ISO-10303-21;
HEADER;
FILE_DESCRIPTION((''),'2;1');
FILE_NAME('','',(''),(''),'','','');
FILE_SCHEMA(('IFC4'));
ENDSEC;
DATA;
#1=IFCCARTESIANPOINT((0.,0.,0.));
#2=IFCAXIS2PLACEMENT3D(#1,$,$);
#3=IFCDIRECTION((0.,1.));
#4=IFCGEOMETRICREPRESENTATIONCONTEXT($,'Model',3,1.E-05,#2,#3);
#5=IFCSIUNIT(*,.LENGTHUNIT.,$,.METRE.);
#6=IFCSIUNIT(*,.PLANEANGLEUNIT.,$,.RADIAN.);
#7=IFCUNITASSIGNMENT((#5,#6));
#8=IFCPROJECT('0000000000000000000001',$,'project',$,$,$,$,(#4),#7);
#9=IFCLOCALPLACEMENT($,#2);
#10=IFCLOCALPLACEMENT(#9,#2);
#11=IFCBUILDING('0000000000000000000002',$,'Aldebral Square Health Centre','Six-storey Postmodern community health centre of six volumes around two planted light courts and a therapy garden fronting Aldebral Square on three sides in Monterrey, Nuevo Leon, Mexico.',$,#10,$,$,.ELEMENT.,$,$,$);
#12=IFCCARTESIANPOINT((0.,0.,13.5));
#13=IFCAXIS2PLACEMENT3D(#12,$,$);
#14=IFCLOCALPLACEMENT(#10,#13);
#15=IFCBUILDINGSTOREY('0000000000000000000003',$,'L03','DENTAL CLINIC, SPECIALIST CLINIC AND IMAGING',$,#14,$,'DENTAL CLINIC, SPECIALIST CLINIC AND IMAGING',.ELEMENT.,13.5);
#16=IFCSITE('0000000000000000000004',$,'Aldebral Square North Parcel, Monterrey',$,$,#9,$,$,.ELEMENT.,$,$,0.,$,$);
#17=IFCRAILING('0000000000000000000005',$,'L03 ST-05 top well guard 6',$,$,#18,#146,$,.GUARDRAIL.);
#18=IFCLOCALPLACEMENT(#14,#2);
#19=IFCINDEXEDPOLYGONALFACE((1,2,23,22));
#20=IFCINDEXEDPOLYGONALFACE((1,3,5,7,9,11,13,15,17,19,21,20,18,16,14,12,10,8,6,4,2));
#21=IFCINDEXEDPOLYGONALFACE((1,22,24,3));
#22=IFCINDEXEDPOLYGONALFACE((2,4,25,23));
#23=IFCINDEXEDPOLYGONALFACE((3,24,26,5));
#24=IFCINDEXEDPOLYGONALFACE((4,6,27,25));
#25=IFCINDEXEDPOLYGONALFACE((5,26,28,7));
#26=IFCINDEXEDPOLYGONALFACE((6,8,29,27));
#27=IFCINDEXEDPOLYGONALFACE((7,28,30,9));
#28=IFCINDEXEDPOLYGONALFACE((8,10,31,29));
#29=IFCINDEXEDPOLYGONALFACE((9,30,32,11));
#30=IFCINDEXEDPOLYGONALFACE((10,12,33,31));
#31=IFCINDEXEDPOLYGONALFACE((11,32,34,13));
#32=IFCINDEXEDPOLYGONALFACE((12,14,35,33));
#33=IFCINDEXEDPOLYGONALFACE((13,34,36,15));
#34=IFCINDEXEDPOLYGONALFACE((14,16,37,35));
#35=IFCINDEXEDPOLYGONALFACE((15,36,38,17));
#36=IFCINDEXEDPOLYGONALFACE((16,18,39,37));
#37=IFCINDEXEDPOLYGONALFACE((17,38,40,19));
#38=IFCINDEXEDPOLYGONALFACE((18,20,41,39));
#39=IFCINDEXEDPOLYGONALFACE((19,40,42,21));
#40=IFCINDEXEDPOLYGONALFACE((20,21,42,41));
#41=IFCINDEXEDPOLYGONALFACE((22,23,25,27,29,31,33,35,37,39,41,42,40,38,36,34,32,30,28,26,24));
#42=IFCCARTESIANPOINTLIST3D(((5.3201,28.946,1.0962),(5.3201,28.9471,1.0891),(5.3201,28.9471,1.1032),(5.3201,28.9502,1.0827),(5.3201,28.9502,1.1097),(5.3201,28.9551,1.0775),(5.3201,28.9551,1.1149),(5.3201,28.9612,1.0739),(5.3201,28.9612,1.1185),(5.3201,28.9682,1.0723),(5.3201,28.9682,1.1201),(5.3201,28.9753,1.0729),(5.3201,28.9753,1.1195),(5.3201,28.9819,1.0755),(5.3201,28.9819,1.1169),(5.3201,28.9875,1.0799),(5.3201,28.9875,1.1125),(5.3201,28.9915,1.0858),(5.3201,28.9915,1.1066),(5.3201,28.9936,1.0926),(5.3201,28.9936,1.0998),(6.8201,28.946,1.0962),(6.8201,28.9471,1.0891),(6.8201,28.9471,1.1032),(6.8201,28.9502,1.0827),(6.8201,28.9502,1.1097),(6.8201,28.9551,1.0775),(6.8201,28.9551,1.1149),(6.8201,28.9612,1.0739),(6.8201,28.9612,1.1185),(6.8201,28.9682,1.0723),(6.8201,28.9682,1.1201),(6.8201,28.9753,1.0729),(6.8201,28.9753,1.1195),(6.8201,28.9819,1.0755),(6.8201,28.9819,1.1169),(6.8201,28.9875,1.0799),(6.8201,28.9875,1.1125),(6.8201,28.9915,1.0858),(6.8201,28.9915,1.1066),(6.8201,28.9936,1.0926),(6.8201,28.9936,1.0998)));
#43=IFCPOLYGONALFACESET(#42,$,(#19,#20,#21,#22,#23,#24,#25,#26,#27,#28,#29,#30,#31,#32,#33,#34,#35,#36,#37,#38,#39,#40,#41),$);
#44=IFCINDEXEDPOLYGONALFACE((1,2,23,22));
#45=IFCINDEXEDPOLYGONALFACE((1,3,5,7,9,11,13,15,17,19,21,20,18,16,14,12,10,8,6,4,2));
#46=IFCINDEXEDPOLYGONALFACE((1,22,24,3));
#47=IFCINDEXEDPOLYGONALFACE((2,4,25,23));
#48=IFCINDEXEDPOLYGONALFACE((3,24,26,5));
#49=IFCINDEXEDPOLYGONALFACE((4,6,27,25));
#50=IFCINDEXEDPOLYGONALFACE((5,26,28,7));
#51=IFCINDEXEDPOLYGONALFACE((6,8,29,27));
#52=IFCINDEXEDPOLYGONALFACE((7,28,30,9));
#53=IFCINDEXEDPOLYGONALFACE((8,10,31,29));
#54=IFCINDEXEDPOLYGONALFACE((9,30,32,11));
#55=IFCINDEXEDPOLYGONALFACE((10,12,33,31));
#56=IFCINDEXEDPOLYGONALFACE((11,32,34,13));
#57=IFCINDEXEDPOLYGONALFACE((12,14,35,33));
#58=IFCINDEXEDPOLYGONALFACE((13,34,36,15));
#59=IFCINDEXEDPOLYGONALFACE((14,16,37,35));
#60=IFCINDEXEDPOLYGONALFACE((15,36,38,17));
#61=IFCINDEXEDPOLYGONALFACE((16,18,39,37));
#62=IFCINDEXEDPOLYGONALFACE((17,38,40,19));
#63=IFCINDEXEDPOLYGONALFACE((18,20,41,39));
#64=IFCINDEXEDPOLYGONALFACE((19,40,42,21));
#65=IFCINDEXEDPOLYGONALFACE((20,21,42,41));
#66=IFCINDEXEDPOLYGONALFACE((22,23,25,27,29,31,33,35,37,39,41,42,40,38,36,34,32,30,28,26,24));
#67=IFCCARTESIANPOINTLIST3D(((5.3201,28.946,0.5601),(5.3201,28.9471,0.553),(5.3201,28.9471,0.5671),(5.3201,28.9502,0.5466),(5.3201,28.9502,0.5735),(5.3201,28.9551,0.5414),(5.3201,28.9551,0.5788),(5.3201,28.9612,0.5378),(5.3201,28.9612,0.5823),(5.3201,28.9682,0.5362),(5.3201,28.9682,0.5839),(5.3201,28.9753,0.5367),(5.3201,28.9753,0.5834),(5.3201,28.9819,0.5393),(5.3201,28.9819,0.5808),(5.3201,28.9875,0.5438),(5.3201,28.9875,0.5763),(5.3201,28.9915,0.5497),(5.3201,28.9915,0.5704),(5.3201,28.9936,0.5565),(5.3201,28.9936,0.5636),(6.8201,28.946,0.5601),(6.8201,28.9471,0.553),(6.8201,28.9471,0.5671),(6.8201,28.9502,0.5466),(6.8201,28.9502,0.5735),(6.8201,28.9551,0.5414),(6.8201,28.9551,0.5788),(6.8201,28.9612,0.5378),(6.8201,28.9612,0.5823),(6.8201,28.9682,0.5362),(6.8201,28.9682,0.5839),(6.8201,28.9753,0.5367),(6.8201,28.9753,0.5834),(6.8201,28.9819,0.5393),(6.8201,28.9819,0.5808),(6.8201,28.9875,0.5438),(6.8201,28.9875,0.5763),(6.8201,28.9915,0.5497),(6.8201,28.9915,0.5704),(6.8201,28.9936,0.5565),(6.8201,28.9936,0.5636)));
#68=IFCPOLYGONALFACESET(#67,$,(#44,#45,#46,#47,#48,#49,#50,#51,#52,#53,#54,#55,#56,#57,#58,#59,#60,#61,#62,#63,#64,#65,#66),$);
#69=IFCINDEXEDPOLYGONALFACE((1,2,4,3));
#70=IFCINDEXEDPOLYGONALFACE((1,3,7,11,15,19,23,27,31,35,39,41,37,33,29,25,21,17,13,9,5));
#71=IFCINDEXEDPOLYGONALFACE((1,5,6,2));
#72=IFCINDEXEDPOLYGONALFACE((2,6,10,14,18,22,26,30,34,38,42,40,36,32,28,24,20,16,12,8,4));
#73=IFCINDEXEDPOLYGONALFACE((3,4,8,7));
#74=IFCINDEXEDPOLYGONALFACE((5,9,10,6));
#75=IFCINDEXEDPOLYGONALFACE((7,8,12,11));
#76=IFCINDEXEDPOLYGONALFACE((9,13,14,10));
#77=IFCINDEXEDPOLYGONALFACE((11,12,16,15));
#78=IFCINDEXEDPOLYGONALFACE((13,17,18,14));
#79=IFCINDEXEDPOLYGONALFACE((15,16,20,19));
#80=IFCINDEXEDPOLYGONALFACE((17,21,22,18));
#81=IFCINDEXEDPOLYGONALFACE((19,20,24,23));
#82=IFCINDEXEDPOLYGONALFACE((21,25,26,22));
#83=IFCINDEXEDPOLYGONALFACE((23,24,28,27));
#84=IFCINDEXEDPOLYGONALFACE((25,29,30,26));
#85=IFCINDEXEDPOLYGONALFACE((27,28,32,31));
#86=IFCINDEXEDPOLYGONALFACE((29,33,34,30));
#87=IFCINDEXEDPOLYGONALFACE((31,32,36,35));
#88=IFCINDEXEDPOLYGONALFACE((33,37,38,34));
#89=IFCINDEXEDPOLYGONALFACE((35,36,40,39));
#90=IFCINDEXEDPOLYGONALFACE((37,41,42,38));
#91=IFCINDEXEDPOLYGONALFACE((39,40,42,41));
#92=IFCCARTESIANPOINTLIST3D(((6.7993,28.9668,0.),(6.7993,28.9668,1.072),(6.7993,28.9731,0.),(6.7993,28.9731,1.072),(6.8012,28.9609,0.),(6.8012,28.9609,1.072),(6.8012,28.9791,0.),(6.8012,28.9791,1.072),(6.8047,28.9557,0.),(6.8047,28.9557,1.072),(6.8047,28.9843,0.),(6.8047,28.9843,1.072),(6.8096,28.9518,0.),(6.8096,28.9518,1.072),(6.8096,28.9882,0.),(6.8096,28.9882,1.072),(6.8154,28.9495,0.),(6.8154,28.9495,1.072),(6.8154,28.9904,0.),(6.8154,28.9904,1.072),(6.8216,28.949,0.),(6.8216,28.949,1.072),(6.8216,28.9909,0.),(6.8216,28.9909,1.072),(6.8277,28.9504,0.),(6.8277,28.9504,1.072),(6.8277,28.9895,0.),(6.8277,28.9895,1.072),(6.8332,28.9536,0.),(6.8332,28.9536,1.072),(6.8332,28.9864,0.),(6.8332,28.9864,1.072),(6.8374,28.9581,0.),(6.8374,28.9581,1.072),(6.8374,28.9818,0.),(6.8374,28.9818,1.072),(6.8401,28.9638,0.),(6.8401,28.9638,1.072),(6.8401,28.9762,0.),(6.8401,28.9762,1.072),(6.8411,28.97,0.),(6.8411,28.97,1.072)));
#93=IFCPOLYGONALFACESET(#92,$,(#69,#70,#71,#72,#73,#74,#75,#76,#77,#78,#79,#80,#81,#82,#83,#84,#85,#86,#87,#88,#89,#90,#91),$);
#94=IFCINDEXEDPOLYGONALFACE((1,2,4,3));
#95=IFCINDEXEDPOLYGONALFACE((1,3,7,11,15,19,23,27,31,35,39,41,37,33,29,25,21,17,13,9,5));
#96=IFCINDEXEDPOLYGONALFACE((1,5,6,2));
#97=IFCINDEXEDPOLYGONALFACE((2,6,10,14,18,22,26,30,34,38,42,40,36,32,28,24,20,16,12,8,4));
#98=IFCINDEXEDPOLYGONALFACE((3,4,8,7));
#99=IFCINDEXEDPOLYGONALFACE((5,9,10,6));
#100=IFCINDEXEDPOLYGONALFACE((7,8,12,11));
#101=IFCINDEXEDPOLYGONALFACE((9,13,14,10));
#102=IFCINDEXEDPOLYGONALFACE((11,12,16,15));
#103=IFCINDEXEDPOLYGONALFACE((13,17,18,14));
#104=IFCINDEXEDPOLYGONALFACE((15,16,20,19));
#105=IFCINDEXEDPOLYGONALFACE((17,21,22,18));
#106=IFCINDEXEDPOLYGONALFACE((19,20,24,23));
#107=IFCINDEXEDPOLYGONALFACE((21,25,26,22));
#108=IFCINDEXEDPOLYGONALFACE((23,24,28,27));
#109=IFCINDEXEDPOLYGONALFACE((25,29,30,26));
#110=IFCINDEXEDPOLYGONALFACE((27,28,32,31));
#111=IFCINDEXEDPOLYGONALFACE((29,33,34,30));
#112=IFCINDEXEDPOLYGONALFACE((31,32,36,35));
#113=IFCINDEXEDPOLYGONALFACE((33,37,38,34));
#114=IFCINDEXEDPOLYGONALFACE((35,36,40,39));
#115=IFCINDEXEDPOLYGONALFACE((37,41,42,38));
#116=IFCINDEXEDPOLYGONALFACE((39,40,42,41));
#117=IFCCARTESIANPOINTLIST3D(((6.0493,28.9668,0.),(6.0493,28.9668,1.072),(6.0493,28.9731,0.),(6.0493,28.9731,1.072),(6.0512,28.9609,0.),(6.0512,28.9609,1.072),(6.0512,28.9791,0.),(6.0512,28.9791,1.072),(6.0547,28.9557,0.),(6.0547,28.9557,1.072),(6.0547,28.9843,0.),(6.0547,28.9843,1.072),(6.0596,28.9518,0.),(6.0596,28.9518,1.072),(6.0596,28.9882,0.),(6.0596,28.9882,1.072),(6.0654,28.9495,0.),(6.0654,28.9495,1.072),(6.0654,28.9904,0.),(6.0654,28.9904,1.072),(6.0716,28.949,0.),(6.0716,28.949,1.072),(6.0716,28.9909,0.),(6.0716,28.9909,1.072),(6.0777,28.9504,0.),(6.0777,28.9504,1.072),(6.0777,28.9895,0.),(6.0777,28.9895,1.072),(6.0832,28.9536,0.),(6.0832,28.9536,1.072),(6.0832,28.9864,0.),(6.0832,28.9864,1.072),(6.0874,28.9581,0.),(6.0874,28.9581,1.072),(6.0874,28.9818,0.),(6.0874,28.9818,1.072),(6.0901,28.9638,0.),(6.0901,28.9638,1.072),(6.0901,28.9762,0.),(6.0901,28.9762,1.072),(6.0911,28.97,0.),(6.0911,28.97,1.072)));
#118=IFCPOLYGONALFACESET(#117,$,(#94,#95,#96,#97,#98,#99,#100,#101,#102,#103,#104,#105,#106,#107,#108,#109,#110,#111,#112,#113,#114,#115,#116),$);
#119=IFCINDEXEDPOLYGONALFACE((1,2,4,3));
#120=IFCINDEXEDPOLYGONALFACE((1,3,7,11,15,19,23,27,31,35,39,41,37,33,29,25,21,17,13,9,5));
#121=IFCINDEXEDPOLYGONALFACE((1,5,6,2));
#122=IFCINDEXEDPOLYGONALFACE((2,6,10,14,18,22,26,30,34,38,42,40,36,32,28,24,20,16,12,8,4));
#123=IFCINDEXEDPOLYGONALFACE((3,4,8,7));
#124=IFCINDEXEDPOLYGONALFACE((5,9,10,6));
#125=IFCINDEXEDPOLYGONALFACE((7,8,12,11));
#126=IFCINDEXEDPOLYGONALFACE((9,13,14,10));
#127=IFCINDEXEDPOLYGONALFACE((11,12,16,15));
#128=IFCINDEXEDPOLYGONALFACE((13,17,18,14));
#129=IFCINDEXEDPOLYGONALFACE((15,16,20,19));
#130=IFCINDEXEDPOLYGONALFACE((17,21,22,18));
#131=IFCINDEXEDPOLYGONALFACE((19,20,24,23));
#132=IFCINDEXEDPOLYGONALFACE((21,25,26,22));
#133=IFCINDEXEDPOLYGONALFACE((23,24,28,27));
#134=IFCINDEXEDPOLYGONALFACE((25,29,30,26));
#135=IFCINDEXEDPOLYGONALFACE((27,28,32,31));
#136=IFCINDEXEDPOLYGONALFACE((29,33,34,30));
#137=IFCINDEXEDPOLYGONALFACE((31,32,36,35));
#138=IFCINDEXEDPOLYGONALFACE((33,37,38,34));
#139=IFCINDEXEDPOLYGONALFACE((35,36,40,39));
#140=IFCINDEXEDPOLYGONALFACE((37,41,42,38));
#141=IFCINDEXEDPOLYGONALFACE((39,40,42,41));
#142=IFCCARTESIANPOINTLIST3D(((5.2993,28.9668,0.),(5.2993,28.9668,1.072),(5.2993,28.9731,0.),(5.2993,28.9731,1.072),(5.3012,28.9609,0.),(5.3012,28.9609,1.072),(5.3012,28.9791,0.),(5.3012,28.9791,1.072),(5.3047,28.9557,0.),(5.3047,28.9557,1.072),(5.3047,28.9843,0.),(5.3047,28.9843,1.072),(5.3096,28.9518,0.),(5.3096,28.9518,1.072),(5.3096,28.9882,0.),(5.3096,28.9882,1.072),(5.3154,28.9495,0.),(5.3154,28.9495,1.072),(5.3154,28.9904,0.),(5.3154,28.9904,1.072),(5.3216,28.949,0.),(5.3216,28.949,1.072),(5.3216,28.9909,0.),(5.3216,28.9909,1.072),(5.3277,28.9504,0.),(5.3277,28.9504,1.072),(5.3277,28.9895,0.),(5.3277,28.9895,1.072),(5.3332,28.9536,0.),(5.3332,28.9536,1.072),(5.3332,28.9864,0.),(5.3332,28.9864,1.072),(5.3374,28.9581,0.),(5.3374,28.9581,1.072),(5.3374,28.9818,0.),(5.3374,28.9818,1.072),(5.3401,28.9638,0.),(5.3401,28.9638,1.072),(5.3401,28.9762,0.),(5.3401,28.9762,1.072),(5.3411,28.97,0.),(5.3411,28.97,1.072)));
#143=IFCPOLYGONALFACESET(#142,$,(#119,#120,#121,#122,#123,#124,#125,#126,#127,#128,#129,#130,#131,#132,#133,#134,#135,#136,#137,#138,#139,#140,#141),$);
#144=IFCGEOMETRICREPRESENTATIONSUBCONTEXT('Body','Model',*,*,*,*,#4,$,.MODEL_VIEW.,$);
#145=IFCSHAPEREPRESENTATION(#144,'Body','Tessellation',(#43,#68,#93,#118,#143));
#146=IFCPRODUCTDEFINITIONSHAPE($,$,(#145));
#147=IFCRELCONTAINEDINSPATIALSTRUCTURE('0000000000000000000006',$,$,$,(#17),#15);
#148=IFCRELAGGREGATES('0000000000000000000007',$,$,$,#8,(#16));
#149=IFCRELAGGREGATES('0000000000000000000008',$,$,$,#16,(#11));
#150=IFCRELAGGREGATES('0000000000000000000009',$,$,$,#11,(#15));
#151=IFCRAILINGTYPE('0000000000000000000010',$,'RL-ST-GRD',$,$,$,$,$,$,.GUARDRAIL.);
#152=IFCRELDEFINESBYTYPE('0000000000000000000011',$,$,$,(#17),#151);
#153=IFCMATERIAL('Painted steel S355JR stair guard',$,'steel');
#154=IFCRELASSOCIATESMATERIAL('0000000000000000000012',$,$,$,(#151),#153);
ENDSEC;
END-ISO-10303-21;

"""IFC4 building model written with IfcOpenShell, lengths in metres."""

from ifc_helpers import new_model, si_unit, direction, frame, origin, origin_2d, place, context, subcontext, project, spatial, circle, extrude, material, type_object, element, save


model = new_model("IFC4")

# Units and contexts
model_context = context("Model", 3, precision=1e-05, world=origin(), true_north=direction((0.0, 1.0)))
body_context = subcontext(model_context, "Body", "Model", "MODEL_VIEW")
ifc_project = project(units=[si_unit("LENGTHUNIT", "METRE"), si_unit("PLANEANGLEUNIT", "RADIAN")], contexts=[model_context])

# Site, building, storey
site_placement = place(None, origin())
site = spatial("IfcSite", under=ifc_project, at=site_placement, Name="Aldebral Square North Parcel, Monterrey", CompositionType="ELEMENT", RefElevation=0.0)
building_placement = place(site_placement, origin())
building = spatial("IfcBuilding", under=site, at=building_placement, Name="Aldebral Square Health Centre", Description="Six-storey Postmodern community health centre of six volumes around two planted light courts and a therapy garden fronting Aldebral Square on three sides in Monterrey, Nuevo Leon, Mexico.", CompositionType="ELEMENT")
storey_placement = place(building_placement, frame((0.0, 0.0, 13.5)))
storey = spatial("IfcBuildingStorey", under=building, at=storey_placement, Name="L03", Description="DENTAL CLINIC, SPECIALIST CLINIC AND IMAGING", LongName="DENTAL CLINIC, SPECIALIST CLINIC AND IMAGING", CompositionType="ELEMENT", Elevation=13.5)

# Railing
ifc_material_1 = material(Name="Painted steel S355JR stair guard", Category="steel")
railing_type = type_object("IfcRailingType", Name="RL-ST-GRD", PredefinedType="GUARDRAIL", material=ifc_material_1)
for number, where, name in (
    (1, (6.8201, 28.97, 0.0), "L03 ST-05 top well guard 6"),
):
    element("IfcRailing", number, at=place(storey_placement, frame(where)), inside=storey, type_object=railing_type, Name=name, PredefinedType="GUARDRAIL", context=body_context, shape_type="SweptSolid", body=[
        extrude(circle(Radius=0.0239, at=origin_2d()), frame((0.0, 0.0, 1.0962), z_axis=(-1.0, 0.0, 0.0), x_axis=(0.0, -1.0, 0.0)), (0.0, 0.0, 1.0), 1.5),
        extrude(circle(Radius=0.0239, at=origin_2d()), frame((0.0, 0.0, 0.5601), z_axis=(-1.0, 0.0, 0.0), x_axis=(0.0, -1.0, 0.0)), (0.0, 0.0, 1.0), 1.5),
        extrude(circle(Radius=0.021, at=origin_2d()), origin(), (0.0, 0.0, 1.0), 1.072),
        extrude(circle(Radius=0.021, at=origin_2d()), frame((-0.75, 0.0, 0.0)), (0.0, 0.0, 1.0), 1.072),
        extrude(circle(Radius=0.021, at=origin_2d()), frame((-1.5, 0.0, 0.0)), (0.0, 0.0, 1.0), 1.072),
    ])

save(model, "model.ifc")
